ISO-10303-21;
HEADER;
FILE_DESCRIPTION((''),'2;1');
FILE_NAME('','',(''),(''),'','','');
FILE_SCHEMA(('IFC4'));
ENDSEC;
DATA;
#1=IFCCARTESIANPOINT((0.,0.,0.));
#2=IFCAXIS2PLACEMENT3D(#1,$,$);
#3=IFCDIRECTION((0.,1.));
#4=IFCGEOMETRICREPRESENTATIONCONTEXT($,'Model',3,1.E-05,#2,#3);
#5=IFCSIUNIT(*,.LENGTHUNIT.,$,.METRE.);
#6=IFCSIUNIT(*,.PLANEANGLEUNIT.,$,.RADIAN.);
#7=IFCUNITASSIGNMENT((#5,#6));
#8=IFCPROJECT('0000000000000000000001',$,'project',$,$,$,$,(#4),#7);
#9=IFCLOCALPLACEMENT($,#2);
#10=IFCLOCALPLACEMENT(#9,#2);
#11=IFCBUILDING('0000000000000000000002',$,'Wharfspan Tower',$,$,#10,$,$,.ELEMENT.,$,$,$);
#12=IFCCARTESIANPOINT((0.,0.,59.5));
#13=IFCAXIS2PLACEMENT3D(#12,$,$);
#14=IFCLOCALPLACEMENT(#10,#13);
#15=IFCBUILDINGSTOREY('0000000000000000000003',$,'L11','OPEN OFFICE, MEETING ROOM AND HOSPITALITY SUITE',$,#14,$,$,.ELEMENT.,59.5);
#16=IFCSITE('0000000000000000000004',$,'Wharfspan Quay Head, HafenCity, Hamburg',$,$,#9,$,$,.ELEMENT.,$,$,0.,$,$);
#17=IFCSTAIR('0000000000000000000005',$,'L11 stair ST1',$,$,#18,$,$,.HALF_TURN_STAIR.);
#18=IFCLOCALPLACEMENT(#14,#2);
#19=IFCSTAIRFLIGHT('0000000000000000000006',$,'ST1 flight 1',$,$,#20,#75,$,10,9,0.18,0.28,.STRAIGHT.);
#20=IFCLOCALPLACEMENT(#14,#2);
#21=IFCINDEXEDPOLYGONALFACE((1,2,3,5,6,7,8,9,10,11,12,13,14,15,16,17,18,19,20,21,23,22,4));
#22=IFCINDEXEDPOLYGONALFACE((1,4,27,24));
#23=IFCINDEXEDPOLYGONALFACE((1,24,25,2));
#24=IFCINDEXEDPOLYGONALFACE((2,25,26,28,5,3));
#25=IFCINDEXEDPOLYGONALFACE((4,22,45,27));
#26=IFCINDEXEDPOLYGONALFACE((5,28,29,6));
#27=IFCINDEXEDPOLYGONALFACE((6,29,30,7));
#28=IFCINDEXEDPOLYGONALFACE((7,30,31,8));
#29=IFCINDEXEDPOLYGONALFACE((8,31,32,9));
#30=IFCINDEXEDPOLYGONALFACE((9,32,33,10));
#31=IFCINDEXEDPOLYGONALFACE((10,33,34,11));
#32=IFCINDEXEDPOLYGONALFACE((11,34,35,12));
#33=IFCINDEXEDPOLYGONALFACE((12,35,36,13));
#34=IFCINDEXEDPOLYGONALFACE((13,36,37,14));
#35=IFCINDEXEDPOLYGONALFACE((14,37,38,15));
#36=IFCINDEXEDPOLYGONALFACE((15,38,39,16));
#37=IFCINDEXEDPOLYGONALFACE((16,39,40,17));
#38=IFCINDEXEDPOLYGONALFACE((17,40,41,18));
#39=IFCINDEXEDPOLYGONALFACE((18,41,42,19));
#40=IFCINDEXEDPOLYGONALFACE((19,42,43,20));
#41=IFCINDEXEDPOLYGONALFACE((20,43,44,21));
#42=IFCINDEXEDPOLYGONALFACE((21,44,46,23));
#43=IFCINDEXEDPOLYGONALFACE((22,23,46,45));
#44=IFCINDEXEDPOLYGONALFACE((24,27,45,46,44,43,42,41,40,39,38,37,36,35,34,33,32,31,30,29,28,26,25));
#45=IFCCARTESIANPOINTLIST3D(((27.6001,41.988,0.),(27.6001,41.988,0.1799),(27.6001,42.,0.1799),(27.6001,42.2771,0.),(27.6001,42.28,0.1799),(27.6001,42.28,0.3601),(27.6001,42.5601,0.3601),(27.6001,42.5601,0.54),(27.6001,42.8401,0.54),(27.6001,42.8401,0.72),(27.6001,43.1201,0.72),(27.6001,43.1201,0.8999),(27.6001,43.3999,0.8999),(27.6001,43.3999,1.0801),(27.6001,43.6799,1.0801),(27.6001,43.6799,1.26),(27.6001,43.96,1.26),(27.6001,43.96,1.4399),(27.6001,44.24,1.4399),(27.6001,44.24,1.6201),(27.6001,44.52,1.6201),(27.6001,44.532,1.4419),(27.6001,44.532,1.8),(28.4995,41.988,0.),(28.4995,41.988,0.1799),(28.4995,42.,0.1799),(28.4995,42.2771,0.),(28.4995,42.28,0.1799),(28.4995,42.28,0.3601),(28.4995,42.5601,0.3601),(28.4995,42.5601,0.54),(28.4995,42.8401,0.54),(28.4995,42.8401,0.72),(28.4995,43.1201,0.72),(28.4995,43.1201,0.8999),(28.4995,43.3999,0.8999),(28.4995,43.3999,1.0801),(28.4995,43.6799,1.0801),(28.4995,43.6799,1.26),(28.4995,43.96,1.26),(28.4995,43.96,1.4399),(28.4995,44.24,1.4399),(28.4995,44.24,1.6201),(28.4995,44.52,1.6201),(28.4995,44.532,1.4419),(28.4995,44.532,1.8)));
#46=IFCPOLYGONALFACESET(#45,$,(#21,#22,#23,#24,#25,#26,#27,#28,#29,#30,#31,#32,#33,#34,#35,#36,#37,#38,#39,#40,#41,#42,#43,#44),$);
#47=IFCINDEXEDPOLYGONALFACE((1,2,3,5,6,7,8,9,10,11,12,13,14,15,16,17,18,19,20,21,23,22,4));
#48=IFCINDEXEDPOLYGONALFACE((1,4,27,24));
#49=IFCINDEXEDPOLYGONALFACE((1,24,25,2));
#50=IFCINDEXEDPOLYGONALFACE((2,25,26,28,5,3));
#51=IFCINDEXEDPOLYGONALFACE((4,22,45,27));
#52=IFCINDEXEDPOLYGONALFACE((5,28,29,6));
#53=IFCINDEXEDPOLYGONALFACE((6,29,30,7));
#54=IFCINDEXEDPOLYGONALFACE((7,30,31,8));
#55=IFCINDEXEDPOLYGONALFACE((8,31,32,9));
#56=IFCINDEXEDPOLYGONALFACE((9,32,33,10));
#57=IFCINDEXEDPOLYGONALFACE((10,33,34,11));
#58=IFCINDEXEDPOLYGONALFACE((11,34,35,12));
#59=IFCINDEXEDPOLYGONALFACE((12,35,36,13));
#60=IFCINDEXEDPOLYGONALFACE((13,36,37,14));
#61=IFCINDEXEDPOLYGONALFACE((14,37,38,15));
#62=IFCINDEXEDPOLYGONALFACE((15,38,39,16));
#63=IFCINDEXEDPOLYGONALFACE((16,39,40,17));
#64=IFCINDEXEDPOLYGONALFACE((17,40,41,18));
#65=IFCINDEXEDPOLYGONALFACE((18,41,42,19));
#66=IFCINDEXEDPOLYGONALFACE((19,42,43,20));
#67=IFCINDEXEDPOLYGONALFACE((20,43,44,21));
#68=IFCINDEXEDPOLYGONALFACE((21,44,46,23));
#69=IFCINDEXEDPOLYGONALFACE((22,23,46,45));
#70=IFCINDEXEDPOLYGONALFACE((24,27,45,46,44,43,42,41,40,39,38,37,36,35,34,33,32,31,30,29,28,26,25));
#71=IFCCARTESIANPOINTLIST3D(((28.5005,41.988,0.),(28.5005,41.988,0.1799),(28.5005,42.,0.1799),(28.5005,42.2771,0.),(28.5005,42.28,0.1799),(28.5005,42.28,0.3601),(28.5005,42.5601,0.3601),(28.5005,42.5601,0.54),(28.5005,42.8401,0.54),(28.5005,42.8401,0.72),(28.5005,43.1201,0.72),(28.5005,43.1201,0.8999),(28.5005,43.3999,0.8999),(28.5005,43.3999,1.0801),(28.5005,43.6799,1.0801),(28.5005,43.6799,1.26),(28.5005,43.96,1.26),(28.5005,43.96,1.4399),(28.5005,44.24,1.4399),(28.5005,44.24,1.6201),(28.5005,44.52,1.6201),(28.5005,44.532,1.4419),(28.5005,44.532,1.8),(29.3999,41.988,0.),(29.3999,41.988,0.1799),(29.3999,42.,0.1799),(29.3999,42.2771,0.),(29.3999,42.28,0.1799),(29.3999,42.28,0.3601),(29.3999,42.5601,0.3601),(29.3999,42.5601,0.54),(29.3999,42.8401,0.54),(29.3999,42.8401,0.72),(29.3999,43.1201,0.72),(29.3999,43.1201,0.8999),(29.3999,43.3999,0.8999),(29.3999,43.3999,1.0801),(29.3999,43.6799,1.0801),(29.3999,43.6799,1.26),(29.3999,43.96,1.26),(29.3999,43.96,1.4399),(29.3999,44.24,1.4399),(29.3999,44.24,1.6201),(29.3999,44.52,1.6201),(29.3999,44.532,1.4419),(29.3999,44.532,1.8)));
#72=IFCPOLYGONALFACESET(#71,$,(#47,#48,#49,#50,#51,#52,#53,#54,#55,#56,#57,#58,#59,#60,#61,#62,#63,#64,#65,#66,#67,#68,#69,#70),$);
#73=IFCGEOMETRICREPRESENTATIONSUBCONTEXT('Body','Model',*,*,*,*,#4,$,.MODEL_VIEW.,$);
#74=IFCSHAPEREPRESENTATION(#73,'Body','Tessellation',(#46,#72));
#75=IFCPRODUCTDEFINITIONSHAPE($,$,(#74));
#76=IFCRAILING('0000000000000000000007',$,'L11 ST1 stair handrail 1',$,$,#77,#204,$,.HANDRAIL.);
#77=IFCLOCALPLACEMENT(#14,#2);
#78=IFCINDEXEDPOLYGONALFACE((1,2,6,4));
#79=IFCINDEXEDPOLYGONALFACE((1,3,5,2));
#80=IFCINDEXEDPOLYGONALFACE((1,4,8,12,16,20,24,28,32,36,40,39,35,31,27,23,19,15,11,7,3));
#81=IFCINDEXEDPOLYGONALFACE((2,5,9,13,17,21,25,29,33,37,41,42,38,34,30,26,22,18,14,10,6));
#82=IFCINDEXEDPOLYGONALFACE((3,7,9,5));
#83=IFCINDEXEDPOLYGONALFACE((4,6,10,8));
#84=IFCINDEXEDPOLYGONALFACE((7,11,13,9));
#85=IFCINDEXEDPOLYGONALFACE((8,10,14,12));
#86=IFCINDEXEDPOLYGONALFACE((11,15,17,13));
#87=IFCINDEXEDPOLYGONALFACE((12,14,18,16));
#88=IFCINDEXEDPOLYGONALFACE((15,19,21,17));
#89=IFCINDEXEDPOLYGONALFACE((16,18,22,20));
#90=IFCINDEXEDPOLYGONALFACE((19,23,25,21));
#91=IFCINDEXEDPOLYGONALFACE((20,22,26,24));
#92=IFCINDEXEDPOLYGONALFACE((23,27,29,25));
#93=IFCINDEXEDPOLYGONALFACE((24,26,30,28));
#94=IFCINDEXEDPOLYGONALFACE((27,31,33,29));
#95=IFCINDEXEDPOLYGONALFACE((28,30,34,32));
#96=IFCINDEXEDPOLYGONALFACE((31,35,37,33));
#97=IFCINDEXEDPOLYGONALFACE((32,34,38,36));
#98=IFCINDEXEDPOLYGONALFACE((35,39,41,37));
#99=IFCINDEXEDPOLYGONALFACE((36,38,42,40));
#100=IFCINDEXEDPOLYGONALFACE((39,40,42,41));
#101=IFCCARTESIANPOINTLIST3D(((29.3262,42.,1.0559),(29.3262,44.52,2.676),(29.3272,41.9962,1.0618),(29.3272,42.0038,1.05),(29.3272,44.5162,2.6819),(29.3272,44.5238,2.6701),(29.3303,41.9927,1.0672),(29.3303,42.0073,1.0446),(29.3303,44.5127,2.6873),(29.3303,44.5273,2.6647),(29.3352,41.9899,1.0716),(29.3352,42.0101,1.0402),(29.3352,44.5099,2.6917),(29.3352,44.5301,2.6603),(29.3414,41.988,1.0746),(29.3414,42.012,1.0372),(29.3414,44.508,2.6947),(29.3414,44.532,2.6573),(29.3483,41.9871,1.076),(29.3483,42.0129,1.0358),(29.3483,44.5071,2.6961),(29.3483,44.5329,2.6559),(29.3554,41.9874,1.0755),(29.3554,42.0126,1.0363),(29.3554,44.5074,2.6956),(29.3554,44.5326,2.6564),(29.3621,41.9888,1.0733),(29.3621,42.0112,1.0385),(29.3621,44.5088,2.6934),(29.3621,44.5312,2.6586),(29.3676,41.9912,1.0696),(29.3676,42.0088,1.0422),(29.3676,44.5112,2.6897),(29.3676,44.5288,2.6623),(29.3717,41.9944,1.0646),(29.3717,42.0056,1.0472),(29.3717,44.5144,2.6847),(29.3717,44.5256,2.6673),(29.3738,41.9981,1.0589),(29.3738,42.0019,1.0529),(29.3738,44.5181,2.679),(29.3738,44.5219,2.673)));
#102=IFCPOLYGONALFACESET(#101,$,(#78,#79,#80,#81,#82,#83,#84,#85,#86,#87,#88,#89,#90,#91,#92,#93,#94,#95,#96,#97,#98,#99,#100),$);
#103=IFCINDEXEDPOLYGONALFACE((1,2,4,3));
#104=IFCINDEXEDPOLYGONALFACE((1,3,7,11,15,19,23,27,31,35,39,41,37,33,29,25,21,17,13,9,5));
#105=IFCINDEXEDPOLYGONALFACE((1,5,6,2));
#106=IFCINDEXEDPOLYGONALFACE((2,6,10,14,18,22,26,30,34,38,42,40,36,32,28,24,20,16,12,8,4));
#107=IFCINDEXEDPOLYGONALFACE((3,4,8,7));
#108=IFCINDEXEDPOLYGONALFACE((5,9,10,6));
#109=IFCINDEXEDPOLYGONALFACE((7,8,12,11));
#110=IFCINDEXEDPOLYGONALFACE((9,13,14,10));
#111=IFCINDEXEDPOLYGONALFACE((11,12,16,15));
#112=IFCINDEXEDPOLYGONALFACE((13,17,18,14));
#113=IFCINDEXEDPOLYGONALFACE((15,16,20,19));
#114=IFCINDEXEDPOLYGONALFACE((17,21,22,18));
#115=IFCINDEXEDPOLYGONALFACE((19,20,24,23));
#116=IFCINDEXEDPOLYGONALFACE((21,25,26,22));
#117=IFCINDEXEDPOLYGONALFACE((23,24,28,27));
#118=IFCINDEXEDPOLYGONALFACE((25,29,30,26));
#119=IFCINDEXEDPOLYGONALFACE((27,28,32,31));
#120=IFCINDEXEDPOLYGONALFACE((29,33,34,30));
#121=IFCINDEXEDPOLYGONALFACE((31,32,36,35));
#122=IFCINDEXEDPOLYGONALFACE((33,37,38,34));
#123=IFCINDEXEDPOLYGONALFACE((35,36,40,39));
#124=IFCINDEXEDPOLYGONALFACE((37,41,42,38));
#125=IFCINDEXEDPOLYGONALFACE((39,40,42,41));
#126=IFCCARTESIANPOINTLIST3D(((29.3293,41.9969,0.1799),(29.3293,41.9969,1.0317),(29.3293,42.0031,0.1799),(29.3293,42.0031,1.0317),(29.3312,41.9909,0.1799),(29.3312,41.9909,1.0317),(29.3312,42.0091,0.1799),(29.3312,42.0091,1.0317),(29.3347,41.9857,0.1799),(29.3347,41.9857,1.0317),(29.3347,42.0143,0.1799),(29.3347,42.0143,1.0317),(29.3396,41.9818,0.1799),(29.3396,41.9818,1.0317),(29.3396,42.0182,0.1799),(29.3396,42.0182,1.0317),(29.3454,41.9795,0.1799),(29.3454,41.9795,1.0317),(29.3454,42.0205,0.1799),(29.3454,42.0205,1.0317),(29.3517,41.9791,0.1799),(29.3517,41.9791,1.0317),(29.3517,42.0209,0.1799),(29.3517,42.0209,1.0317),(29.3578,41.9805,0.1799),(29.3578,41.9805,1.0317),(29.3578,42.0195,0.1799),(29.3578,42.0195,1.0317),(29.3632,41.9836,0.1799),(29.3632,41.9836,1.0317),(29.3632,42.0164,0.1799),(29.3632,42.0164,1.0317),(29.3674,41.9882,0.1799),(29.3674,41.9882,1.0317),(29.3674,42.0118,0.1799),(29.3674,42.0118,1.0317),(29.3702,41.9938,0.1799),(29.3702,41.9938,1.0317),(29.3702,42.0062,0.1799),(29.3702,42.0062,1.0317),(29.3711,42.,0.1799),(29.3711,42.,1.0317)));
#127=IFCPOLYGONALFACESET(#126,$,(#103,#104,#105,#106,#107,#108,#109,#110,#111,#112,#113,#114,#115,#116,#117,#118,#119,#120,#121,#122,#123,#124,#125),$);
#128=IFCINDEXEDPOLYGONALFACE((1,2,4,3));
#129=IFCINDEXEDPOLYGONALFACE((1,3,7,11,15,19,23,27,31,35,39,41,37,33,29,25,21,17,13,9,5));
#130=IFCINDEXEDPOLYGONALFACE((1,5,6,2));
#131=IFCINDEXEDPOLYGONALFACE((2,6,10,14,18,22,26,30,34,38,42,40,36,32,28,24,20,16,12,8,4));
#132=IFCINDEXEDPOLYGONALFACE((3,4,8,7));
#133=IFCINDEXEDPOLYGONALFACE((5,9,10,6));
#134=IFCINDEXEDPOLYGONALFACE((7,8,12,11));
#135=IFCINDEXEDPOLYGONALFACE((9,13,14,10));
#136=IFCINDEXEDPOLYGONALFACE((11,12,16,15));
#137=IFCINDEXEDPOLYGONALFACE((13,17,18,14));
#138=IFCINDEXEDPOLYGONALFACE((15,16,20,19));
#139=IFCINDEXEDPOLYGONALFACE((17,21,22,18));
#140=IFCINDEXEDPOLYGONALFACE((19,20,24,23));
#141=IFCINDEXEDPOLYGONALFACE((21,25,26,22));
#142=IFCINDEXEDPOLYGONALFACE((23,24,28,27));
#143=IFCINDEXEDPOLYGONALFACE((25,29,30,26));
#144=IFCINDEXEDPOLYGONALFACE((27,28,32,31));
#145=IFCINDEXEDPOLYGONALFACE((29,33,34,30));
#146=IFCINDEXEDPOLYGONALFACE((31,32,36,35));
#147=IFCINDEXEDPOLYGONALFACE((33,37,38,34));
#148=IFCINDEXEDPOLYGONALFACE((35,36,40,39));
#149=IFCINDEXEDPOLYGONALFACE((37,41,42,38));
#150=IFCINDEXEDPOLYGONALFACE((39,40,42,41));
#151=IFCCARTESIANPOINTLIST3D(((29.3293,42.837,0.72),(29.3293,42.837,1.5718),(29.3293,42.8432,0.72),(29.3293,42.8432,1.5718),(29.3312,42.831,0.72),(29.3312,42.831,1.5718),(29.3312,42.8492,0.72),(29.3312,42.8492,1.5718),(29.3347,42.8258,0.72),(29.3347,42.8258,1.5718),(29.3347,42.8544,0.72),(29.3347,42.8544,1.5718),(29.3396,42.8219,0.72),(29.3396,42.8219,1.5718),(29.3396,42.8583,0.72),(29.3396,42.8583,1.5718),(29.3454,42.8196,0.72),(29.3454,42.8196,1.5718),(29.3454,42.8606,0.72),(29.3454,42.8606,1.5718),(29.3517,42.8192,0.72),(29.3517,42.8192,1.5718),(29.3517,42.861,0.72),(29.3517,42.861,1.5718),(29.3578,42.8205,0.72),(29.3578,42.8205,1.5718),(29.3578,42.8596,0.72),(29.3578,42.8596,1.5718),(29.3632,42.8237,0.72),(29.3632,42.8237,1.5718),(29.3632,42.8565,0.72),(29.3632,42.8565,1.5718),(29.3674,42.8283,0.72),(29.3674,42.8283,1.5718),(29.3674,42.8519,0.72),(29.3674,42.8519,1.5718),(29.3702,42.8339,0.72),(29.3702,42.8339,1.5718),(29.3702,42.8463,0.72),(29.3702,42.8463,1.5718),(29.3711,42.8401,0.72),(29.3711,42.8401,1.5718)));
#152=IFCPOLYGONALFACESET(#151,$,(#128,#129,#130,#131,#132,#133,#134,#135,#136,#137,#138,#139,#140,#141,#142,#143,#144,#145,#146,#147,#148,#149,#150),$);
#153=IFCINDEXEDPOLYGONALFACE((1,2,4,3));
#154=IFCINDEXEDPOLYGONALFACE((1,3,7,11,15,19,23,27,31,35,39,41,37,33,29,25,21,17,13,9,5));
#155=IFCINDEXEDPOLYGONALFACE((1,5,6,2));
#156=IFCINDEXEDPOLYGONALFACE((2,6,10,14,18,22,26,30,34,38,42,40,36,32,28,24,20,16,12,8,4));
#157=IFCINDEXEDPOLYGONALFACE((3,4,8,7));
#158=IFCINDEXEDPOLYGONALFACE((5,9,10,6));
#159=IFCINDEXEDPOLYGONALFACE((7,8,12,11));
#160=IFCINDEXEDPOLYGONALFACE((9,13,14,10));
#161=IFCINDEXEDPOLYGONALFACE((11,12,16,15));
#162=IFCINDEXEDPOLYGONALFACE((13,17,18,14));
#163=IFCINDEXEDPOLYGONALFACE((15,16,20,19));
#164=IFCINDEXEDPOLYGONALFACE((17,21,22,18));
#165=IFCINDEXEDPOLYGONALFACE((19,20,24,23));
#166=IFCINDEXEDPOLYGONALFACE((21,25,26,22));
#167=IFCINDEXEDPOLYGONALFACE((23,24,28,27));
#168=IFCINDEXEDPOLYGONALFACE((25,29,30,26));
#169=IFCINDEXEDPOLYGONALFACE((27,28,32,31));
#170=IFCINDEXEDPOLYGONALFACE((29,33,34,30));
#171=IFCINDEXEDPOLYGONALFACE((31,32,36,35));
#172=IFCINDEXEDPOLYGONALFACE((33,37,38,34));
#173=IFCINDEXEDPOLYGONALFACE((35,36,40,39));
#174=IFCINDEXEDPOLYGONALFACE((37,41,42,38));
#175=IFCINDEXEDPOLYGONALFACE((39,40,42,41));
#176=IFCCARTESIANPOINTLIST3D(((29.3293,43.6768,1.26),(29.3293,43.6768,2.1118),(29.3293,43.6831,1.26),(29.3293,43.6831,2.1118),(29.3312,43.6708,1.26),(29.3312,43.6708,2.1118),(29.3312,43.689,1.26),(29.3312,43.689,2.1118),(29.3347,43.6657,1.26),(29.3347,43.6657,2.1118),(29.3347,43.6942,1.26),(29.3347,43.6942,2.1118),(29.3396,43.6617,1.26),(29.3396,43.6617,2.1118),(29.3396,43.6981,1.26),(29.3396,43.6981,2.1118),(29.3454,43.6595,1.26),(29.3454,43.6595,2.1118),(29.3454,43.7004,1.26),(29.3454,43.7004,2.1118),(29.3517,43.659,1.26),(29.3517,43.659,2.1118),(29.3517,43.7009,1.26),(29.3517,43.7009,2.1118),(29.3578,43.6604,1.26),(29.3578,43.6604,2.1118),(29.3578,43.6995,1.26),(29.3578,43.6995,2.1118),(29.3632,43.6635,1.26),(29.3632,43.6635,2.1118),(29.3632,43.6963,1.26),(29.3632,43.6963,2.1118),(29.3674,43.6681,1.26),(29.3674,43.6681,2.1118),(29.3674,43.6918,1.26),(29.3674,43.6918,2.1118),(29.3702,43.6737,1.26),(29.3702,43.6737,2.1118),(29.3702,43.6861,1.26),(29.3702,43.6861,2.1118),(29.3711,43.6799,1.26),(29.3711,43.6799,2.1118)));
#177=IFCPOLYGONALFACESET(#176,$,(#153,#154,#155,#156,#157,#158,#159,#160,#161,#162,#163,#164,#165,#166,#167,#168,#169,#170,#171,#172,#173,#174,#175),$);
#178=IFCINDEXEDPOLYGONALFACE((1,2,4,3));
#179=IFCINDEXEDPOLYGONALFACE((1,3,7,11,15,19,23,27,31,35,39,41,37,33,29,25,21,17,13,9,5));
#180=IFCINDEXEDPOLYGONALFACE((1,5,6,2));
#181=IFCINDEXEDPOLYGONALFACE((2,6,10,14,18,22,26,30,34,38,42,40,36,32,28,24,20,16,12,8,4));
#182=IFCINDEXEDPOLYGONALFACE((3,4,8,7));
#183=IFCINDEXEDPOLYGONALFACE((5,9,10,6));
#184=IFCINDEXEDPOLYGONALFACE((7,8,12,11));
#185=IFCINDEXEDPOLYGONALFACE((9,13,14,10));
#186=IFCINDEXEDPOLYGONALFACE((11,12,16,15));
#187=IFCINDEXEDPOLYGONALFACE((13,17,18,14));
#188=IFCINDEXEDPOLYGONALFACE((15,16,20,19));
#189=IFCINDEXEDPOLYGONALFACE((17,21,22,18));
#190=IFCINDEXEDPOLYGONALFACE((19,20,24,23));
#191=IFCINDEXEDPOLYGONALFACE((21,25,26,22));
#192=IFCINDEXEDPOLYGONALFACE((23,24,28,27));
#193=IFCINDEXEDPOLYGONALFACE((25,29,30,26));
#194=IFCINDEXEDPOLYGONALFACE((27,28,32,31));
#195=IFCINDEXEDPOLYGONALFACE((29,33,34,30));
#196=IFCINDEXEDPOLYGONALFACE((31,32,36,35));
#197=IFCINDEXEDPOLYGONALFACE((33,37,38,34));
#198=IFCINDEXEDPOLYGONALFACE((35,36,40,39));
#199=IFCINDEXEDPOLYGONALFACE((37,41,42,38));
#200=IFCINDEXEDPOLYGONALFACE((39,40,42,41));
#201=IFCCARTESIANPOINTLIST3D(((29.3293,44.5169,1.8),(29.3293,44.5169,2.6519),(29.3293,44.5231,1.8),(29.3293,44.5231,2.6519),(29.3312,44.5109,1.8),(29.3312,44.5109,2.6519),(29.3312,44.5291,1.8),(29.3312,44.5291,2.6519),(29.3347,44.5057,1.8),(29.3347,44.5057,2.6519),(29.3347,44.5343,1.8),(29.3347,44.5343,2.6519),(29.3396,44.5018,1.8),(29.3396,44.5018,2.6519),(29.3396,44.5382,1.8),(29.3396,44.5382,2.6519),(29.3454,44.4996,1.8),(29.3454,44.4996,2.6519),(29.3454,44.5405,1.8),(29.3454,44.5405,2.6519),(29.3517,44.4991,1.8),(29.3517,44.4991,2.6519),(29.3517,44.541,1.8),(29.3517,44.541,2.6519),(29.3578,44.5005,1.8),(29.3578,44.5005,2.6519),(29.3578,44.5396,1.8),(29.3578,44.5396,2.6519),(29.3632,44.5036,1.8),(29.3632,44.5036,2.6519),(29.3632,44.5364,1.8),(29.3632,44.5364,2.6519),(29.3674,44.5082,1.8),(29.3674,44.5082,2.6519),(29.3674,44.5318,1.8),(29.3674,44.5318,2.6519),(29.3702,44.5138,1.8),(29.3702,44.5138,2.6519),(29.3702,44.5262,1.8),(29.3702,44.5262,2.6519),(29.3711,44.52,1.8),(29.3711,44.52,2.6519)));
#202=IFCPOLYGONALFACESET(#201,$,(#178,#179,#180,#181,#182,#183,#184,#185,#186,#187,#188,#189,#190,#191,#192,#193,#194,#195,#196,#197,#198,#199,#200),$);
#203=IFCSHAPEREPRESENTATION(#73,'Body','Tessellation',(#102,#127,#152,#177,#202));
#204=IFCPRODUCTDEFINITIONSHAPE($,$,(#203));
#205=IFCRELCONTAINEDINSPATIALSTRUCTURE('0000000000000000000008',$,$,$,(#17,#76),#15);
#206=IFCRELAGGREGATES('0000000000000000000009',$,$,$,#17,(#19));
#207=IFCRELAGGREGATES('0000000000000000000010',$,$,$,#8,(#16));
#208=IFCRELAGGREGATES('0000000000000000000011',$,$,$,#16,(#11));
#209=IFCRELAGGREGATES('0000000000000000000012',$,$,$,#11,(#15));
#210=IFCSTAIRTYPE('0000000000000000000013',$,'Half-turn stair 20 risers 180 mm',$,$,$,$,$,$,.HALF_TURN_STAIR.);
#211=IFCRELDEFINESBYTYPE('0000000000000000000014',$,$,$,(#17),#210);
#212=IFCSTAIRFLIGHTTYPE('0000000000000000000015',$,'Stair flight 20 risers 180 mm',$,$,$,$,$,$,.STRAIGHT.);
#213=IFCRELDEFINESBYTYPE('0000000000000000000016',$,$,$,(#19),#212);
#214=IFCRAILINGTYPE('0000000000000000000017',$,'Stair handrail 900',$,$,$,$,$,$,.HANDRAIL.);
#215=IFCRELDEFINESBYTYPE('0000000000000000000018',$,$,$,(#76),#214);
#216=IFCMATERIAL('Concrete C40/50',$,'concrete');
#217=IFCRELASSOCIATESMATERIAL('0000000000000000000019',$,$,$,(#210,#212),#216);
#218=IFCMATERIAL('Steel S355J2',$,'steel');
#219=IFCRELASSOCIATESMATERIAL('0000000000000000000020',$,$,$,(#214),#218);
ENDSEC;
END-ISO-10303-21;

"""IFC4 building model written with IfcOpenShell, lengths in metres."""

from ifc_helpers import new_model, si_unit, direction, frame, origin, origin_2d, place, context, subcontext, project, spatial, polyline, circle, outline, extrude, material, type_object, element, aggregate, save


model = new_model("IFC4")

# Units and contexts
model_context = context("Model", 3, precision=1e-05, world=origin(), true_north=direction((0.0, 1.0)))
body_context = subcontext(model_context, "Body", "Model", "MODEL_VIEW")
ifc_project = project(units=[si_unit("LENGTHUNIT", "METRE"), si_unit("PLANEANGLEUNIT", "RADIAN")], contexts=[model_context])

# Site, building, storey
site_placement = place(None, origin())
site = spatial("IfcSite", under=ifc_project, at=site_placement, Name="Wharfspan Quay Head, HafenCity, Hamburg", CompositionType="ELEMENT", RefElevation=0.0)
building_placement = place(site_placement, origin())
building = spatial("IfcBuilding", under=site, at=building_placement, Name="Wharfspan Tower", CompositionType="ELEMENT")
storey_placement = place(building_placement, frame((0.0, 0.0, 59.5)))
storey = spatial("IfcBuildingStorey", under=building, at=storey_placement, Name="L11", Description="OPEN OFFICE, MEETING ROOM AND HOSPITALITY SUITE", CompositionType="ELEMENT", Elevation=59.5)

# Shared definitions
ifc_material_1 = material(Name="Steel S355J2", Category="steel")

# Stair, stair flight
ifc_material_2 = material(Name="Concrete C40/50", Category="concrete")
stair_type = type_object("IfcStairType", Name="Half-turn stair 20 risers 180 mm", PredefinedType="HALF_TURN_STAIR", material=ifc_material_2)
stair_placement = place(storey_placement, origin())
stair = element("IfcStair", 1, at=stair_placement, inside=storey, type_object=stair_type, Name="L11 stair ST1", PredefinedType="HALF_TURN_STAIR")
stair_flight_type = type_object("IfcStairFlightType", Name="Stair flight 20 risers 180 mm", PredefinedType="STRAIGHT", material=ifc_material_2)
stair_flight_placement = place(storey_placement, frame((28.5, 42.0, 0.0), z_axis=(0.0, 0.0, 1.0), x_axis=(0.0, 1.0, 0.0)))
stair_flight = element("IfcStairFlight", 2, at=stair_flight_placement, type_object=stair_flight_type, Name="ST1 flight 1", NumberOfRisers=10, NumberOfTreads=9, PredefinedType="STRAIGHT", RiserHeight=0.18, TreadLength=0.28, context=body_context, shape_type="SweptSolid", body=[
    extrude(outline(polyline([(-0.012, 0.0), (-0.012, 0.1799), (0.0, 0.1799), (0.28, 0.1799), (0.28, 0.3601), (0.5601, 0.3601), (0.5601, 0.54), (0.8401, 0.54), (0.8401, 0.72), (1.1201, 0.72), (1.1201, 0.8999), (1.3999, 0.8999), (1.3999, 1.0801), (1.6799, 1.0801), (1.6799, 1.26), (1.96, 1.26), (1.96, 1.4399), (2.24, 1.4399), (2.24, 1.6201), (2.52, 1.6201), (2.532, 1.8), (2.532, 1.4419), (0.2771, 0.0), (-0.012, 0.0)])), frame((0.0, 0.8999, 0.0), z_axis=(0.0, -1.0, 0.0), x_axis=(1.0, 0.0, 0.0)), (0.0, 0.0, 1.0), 0.8994),
    extrude(outline(polyline([(-0.012, 0.0), (-0.012, 0.1799), (0.0, 0.1799), (0.28, 0.1799), (0.28, 0.3601), (0.5601, 0.3601), (0.5601, 0.54), (0.8401, 0.54), (0.8401, 0.72), (1.1201, 0.72), (1.1201, 0.8999), (1.3999, 0.8999), (1.3999, 1.0801), (1.6799, 1.0801), (1.6799, 1.26), (1.96, 1.26), (1.96, 1.4399), (2.24, 1.4399), (2.24, 1.6201), (2.52, 1.6201), (2.532, 1.8), (2.532, 1.4419), (0.2771, 0.0), (-0.012, 0.0)])), frame((0.0, -0.0005, 0.0), z_axis=(0.0, -1.0, 0.0), x_axis=(1.0, 0.0, 0.0)), (0.0, 0.0, 1.0), 0.8994),
])
aggregate(stair, [stair_flight])

# Railing
railing_type = type_object("IfcRailingType", Name="Stair handrail 900", PredefinedType="HANDRAIL", material=ifc_material_1)
railing_placement = place(storey_placement, frame((29.3501, 42.0, 0.1799)))
element("IfcRailing", 3, at=railing_placement, inside=storey, type_object=railing_type, Name="L11 ST1 stair handrail 1", PredefinedType="HANDRAIL", context=body_context, shape_type="SweptSolid", body=[
    extrude(circle(Radius=0.0239, at=origin_2d()), frame((0.0, 0.0, 0.876), z_axis=(0.0, 0.841163, 0.540782), x_axis=(-1.0, 0.0, 0.0)), (0.0, 0.0, 1.0), 2.9958),
    extrude(circle(Radius=0.021, at=origin_2d()), origin(), (0.0, 0.0, 1.0), 0.8518),
    extrude(circle(Radius=0.021, at=origin_2d()), frame((0.0, 0.8401, 0.54)), (0.0, 0.0, 1.0), 0.8518),
    extrude(circle(Radius=0.021, at=origin_2d()), frame((0.0, 1.6799, 1.0801)), (0.0, 0.0, 1.0), 0.8518),
    extrude(circle(Radius=0.021, at=origin_2d()), frame((0.0, 2.52, 1.6201)), (0.0, 0.0, 1.0), 0.8518),
])

save(model, "model.ifc")
